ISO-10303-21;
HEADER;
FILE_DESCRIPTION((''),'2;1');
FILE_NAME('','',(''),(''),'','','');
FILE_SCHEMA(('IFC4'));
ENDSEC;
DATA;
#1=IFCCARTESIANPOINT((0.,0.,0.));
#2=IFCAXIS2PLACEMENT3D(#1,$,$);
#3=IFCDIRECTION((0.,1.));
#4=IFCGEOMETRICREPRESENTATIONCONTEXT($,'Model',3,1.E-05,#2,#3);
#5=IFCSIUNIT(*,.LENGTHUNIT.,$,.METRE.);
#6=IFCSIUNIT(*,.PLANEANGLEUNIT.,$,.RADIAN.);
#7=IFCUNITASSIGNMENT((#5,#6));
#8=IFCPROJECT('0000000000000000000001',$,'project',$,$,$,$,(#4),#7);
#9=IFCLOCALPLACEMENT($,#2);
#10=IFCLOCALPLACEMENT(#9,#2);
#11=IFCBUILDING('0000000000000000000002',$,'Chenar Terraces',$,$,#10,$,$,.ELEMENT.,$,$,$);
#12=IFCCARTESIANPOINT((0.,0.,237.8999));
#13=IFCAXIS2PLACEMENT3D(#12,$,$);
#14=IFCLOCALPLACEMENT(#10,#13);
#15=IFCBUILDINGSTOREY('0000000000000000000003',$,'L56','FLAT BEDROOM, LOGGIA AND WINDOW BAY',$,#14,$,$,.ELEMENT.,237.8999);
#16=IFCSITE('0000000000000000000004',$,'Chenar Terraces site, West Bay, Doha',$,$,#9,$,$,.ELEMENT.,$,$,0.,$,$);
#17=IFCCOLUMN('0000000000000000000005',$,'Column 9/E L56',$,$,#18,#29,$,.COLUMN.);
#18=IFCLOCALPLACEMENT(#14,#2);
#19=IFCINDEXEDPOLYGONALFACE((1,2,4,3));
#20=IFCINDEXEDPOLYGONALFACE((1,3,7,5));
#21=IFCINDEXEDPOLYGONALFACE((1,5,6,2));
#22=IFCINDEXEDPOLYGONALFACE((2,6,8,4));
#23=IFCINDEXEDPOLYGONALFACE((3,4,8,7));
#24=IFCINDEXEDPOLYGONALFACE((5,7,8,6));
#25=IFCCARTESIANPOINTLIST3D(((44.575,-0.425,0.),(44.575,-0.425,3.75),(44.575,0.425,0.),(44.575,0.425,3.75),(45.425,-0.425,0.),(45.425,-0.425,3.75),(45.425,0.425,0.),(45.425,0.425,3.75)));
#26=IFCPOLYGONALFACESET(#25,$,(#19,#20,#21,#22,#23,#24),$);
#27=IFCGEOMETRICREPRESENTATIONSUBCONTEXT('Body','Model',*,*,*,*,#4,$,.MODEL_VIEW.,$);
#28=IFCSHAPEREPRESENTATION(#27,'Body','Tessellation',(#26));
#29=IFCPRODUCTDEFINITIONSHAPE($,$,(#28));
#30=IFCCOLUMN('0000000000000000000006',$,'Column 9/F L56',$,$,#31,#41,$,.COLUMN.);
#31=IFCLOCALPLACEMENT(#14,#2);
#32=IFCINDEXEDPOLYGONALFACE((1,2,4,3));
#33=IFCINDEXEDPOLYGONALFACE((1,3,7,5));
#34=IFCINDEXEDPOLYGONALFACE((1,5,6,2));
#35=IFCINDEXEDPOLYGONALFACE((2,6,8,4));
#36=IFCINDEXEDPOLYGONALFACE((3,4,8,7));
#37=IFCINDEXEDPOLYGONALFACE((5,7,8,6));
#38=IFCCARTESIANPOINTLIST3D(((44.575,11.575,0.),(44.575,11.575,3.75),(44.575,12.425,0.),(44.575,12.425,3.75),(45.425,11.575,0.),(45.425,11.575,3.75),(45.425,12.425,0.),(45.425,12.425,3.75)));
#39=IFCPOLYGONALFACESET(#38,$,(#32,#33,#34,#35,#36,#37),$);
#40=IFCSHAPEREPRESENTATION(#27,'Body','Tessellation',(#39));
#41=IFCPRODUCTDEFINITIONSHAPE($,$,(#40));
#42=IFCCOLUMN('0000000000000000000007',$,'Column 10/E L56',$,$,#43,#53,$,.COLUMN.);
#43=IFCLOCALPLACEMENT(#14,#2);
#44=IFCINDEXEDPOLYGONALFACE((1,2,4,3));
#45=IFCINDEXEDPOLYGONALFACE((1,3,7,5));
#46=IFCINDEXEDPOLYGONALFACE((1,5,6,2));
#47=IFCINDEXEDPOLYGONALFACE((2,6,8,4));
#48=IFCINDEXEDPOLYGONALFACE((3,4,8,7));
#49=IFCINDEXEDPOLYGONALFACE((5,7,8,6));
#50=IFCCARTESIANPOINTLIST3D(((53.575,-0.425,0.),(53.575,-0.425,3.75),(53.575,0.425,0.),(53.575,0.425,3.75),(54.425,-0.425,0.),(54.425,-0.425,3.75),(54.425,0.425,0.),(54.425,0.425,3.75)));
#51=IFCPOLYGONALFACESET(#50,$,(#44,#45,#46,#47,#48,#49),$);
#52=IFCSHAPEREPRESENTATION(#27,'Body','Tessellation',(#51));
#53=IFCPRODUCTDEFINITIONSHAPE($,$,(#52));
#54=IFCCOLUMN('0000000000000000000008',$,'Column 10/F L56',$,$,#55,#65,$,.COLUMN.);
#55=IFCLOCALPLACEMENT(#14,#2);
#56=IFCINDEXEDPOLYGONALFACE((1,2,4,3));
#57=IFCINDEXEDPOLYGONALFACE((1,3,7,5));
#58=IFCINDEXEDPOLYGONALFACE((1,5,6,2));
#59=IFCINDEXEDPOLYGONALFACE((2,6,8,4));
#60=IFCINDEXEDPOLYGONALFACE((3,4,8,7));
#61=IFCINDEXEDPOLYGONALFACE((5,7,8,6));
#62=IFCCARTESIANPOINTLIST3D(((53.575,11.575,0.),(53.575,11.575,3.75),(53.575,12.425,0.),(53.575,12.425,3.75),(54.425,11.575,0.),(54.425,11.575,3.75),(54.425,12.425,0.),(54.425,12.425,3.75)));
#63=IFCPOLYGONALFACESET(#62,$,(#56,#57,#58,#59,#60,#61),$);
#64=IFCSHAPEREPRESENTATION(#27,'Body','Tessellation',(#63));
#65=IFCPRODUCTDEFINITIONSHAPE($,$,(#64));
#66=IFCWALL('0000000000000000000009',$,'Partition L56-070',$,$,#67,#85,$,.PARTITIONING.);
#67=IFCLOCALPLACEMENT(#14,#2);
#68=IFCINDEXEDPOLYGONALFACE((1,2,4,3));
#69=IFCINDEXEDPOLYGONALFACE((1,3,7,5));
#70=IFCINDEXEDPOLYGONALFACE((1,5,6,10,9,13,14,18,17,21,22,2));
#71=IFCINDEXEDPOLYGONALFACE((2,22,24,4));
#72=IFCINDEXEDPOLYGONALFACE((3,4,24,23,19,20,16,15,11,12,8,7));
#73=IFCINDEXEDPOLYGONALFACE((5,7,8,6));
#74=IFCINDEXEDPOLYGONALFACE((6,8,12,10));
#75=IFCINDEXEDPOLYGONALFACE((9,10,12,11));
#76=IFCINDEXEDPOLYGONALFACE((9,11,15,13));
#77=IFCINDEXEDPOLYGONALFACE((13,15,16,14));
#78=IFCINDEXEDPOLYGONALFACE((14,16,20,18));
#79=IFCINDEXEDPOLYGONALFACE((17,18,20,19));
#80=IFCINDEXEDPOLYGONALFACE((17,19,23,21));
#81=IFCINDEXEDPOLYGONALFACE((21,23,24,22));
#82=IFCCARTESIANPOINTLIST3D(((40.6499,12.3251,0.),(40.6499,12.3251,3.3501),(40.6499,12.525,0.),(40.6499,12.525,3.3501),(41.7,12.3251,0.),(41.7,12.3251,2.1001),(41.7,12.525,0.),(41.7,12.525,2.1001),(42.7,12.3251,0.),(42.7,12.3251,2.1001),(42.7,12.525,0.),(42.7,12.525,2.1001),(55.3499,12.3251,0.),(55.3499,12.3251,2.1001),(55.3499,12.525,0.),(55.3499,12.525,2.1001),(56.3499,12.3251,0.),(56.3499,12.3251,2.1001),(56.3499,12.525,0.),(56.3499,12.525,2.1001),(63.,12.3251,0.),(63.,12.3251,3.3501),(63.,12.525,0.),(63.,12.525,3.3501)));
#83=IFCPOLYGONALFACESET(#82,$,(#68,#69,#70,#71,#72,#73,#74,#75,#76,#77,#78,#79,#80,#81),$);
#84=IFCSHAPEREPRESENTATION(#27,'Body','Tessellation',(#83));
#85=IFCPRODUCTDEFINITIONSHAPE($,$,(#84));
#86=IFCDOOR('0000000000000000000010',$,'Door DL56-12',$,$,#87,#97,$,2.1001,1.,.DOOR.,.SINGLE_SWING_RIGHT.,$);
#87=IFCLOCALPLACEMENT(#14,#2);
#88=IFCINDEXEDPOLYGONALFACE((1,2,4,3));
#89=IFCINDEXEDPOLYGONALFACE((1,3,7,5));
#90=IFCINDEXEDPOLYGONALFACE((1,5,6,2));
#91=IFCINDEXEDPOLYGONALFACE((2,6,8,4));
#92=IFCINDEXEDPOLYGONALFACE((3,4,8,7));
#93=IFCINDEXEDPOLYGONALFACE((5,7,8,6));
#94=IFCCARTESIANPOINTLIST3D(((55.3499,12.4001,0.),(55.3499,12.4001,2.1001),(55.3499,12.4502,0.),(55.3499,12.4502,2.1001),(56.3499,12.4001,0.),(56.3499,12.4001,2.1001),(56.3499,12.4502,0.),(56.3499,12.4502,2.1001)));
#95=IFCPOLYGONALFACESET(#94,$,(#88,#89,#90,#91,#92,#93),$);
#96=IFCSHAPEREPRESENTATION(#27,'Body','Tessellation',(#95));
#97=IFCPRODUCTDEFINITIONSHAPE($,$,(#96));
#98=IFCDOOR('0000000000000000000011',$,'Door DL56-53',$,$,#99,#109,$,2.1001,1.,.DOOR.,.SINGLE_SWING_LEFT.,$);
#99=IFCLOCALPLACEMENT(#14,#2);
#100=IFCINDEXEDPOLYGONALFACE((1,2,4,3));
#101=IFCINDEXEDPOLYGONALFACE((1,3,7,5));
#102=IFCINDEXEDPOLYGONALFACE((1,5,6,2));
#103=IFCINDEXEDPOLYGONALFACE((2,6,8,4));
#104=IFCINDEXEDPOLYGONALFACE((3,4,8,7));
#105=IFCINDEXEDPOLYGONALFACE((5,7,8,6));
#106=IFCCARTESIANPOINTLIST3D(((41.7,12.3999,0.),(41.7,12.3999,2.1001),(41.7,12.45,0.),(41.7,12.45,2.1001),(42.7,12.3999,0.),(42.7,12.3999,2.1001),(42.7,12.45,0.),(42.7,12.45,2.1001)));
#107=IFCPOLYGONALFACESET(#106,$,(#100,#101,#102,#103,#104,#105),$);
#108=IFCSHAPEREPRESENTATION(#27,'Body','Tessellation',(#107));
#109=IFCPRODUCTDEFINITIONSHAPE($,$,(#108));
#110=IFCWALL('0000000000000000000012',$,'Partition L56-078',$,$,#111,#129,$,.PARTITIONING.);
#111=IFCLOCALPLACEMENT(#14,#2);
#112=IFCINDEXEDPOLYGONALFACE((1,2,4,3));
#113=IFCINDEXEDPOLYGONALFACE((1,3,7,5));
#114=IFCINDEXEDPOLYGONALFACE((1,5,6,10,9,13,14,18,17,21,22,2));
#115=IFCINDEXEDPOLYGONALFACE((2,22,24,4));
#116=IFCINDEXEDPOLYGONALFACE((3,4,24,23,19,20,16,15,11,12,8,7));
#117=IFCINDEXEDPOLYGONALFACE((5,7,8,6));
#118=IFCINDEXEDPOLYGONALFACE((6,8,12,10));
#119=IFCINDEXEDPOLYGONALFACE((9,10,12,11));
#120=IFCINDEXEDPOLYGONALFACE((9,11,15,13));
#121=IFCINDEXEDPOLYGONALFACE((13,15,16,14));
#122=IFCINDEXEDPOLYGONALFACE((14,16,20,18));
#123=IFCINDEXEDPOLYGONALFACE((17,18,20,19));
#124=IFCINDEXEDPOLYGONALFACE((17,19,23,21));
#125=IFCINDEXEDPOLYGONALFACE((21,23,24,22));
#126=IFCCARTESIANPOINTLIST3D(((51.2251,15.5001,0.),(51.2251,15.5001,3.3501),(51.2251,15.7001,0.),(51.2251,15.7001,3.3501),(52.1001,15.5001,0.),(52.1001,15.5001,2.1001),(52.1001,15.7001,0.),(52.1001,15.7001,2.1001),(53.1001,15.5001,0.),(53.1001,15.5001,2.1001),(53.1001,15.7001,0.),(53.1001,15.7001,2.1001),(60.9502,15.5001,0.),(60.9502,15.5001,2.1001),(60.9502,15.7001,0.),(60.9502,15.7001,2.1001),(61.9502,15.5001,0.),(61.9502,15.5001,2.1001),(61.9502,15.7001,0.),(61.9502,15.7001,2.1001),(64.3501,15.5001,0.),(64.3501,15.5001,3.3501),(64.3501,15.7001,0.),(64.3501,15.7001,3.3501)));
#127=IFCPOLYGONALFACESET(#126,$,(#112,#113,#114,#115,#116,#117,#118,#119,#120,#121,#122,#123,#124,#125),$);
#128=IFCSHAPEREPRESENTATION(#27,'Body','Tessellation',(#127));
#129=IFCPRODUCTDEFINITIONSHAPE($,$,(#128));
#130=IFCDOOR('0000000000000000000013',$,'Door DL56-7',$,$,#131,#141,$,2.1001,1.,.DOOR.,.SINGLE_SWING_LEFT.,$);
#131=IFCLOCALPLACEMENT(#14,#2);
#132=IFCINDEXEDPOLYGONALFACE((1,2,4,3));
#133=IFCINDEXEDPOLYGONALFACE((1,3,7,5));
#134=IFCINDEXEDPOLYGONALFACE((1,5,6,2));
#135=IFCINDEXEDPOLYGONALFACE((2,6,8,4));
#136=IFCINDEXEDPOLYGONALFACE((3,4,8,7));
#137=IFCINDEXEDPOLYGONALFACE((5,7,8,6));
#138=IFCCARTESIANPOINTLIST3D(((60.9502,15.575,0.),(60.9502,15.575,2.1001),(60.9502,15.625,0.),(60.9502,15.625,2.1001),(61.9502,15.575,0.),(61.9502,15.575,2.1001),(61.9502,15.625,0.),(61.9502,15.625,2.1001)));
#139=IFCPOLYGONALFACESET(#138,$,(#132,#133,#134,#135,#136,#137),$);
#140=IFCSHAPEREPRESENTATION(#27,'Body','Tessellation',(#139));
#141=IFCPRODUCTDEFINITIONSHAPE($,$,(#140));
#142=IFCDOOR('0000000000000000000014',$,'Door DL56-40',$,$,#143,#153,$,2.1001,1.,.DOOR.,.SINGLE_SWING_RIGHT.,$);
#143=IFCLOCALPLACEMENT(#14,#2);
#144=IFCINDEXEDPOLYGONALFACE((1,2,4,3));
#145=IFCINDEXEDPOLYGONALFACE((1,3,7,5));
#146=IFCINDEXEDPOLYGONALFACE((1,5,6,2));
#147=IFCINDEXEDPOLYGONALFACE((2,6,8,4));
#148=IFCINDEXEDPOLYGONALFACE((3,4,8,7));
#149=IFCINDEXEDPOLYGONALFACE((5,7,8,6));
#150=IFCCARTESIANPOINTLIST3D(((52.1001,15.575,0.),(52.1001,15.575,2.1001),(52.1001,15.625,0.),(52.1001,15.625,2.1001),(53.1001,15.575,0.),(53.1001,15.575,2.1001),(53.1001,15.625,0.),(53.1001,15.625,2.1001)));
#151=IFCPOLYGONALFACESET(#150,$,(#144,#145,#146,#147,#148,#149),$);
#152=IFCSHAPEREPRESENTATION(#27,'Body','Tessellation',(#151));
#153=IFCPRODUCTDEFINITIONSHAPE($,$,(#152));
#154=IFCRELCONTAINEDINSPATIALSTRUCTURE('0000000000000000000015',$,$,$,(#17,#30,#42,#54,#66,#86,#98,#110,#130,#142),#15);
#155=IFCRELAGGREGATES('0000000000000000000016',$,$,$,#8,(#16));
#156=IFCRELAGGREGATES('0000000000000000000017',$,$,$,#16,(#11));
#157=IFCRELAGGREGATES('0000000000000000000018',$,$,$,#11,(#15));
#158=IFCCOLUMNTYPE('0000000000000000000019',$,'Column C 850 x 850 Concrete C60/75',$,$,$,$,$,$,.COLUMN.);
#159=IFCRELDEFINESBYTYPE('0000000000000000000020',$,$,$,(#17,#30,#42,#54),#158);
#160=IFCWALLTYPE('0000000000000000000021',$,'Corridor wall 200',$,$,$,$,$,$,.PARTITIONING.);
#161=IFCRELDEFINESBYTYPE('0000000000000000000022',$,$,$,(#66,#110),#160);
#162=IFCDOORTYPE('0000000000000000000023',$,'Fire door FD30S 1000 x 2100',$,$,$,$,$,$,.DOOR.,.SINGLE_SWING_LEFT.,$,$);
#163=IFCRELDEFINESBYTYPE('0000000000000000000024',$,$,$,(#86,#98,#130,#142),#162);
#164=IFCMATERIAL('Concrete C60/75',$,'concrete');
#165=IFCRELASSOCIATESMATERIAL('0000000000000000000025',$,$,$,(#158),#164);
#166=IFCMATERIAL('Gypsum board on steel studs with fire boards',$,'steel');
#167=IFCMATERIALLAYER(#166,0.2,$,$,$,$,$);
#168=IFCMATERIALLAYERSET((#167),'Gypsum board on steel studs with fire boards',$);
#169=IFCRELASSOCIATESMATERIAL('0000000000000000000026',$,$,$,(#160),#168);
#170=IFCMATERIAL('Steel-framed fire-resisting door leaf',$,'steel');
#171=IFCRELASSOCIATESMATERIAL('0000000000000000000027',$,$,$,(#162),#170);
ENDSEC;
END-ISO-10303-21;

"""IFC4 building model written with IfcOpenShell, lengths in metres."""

from ifc_helpers import new_model, si_unit, direction, frame, frame_2d, origin, origin_2d, place, context, subcontext, project, spatial, rectangle, extrude, material, layer, layer_set, material_profile, profile_set, type_object, element, fill, save


model = new_model("IFC4")

# Units and contexts
model_context = context("Model", 3, precision=1e-05, world=origin(), true_north=direction((0.0, 1.0)))
body_context = subcontext(model_context, "Body", "Model", "MODEL_VIEW")
ifc_project = project(units=[si_unit("LENGTHUNIT", "METRE"), si_unit("PLANEANGLEUNIT", "RADIAN")], contexts=[model_context])

# Site, building, storey
site_placement = place(None, origin())
site = spatial("IfcSite", under=ifc_project, at=site_placement, Name="Chenar Terraces site, West Bay, Doha", CompositionType="ELEMENT", RefElevation=0.0)
building_placement = place(site_placement, origin())
building = spatial("IfcBuilding", under=site, at=building_placement, Name="Chenar Terraces", CompositionType="ELEMENT")
storey_placement = place(building_placement, frame((0.0, 0.0, 237.8999)))
storey = spatial("IfcBuildingStorey", under=building, at=storey_placement, Name="L56", Description="FLAT BEDROOM, LOGGIA AND WINDOW BAY", CompositionType="ELEMENT", Elevation=237.8999)

# Columns
ifc_material_1 = material(Name="Concrete C60/75", Category="concrete")
ifc_material_profile = material_profile(ifc_material_1, rectangle(XDim=0.8501, YDim=0.8501, at=origin_2d()), Name="C 850 x 850")
ifc_profile_set = profile_set([ifc_material_profile], Name="Concrete C60/75")
column_type = type_object("IfcColumnType", Name="Column C 850 x 850 Concrete C60/75", PredefinedType="COLUMN", material=ifc_profile_set)
for number, where, z_axis, x_axis, name in (
    (1, (45.0, 0.0, 0.0), (0.0, 0.0, 1.0), (1.0, 0.0, 0.0), "Column 9/E L56"),
    (2, (45.0, 12.0, 0.0), (0.0, 0.0, 1.0), (1.0, 0.0, 0.0), "Column 9/F L56"),
    (3, (54.0, 0.0, 0.0), (0.0, 0.0, 1.0), (1.0, 0.0, 0.0), "Column 10/E L56"),
    (4, (54.0, 12.0, 0.0), (0.0, 0.0, 1.0), (1.0, 0.0, 0.0), "Column 10/F L56"),
):
    element("IfcColumn", number, at=place(storey_placement, frame(where, z_axis=z_axis, x_axis=x_axis)), inside=storey, type_object=column_type, Name=name, PredefinedType="COLUMN", context=body_context, shape_type="SweptSolid", body=[
        extrude(rectangle(XDim=0.8501, YDim=0.8501, at=origin_2d()), origin(), (0.0, 0.0, 1.0), 3.75),
    ])

# Walls, openings, doors
ifc_material_2 = material(Name="Gypsum board on steel studs with fire boards", Category="steel")
ifc_layer_1 = layer(ifc_material_2, 0.2)
ifc_layer_set_1 = layer_set([ifc_layer_1], Name="Gypsum board on steel studs with fire boards")
wall_type_1 = type_object("IfcWallType", Name="Corridor wall 200", PredefinedType="PARTITIONING", material=ifc_layer_set_1)
wall_1_placement = place(storey_placement, frame((40.6499, 12.425, 0.0), z_axis=(0.0, 0.0, 1.0), x_axis=(1.0, 0.0, 0.0)))
wall_1 = element("IfcWall", 5, at=wall_1_placement, inside=storey, type_object=wall_type_1, Name="Partition L56-070", PredefinedType="PARTITIONING", context=body_context, shape_type="SweptSolid", body=[
    extrude(rectangle(XDim=22.3501, YDim=0.2, at=frame_2d((11.175, 0.0))), origin(), (0.0, 0.0, 1.0), 3.3501),
])
opening_1_placement = place(wall_1_placement, frame((14.7, 0.0, 0.0)))
opening_1 = element("IfcOpeningElement", 6, at=opening_1_placement, cuts=wall_1, PredefinedType="OPENING", context=body_context, shape_type="SweptSolid", body=[
    extrude(rectangle(XDim=1.0, YDim=2.1001, at=frame_2d((0.5, 1.05))), frame((0.0, 0.1099, 0.0), z_axis=(0.0, -1.0, 0.0), x_axis=(1.0, 0.0, 0.0)), (0.0, 0.0, 1.0), 0.22),
])
opening_2_placement = place(wall_1_placement, frame((1.05, 0.0, 0.0)))
opening_2 = element("IfcOpeningElement", 7, at=opening_2_placement, cuts=wall_1, PredefinedType="OPENING", context=body_context, shape_type="SweptSolid", body=[
    extrude(rectangle(XDim=1.0, YDim=2.1001, at=frame_2d((0.5, 1.05))), frame((0.0, 0.1099, 0.0), z_axis=(0.0, -1.0, 0.0), x_axis=(1.0, 0.0, 0.0)), (0.0, 0.0, 1.0), 0.22),
])
ifc_material_3 = material(Name="Steel-framed fire-resisting door leaf", Category="steel")
door_type_1 = type_object("IfcDoorType", Name="Fire door FD30S 1000 x 2100", OperationType="SINGLE_SWING_LEFT", PredefinedType="DOOR", material=ifc_material_3)
door_1_placement = place(opening_1_placement, frame((1.0, 0.0, 0.0), z_axis=(0.0, 0.0, 1.0), x_axis=(-1.0, 0.0, 0.0)))
door_1 = element("IfcDoor", 8, at=door_1_placement, inside=storey, type_object=door_type_1, Name="Door DL56-12", OperationType="SINGLE_SWING_RIGHT", OverallHeight=2.1001, OverallWidth=1.0, PredefinedType="DOOR", context=body_context, shape_type="SweptSolid", body=[
    extrude(rectangle(XDim=1.0, YDim=2.1001, at=frame_2d((0.5, 1.05))), frame((0.0, 0.0249, 0.0), z_axis=(0.0, -1.0, 0.0), x_axis=(1.0, 0.0, 0.0)), (0.0, 0.0, 1.0), 0.05),
])
fill(opening_1, door_1)
door_2_placement = place(opening_2_placement, origin())
door_2 = element("IfcDoor", 9, at=door_2_placement, inside=storey, type_object=door_type_1, Name="Door DL56-53", OperationType="SINGLE_SWING_LEFT", OverallHeight=2.1001, OverallWidth=1.0, PredefinedType="DOOR", context=body_context, shape_type="SweptSolid", body=[
    extrude(rectangle(XDim=1.0, YDim=2.1001, at=frame_2d((0.5, 1.05))), frame((0.0, 0.0249, 0.0), z_axis=(0.0, -1.0, 0.0), x_axis=(1.0, 0.0, 0.0)), (0.0, 0.0, 1.0), 0.05),
])
fill(opening_2, door_2)
wall_2_placement = place(storey_placement, frame((51.2251, 15.6001, 0.0), z_axis=(0.0, 0.0, 1.0), x_axis=(1.0, 0.0, 0.0)))
wall_2 = element("IfcWall", 10, at=wall_2_placement, inside=storey, type_object=wall_type_1, Name="Partition L56-078", PredefinedType="PARTITIONING", context=body_context, shape_type="SweptSolid", body=[
    extrude(rectangle(XDim=13.125, YDim=0.2, at=frame_2d((6.5625, 0.0))), origin(), (0.0, 0.0, 1.0), 3.3501),
])
opening_3_placement = place(wall_2_placement, frame((9.7251, 0.0, 0.0)))
opening_3 = element("IfcOpeningElement", 11, at=opening_3_placement, cuts=wall_2, PredefinedType="OPENING", context=body_context, shape_type="SweptSolid", body=[
    extrude(rectangle(XDim=1.0, YDim=2.1001, at=frame_2d((0.5, 1.05))), frame((0.0, 0.1099, 0.0), z_axis=(0.0, -1.0, 0.0), x_axis=(1.0, 0.0, 0.0)), (0.0, 0.0, 1.0), 0.22),
])
opening_4_placement = place(wall_2_placement, frame((0.875, 0.0, 0.0)))
opening_4 = element("IfcOpeningElement", 12, at=opening_4_placement, cuts=wall_2, PredefinedType="OPENING", context=body_context, shape_type="SweptSolid", body=[
    extrude(rectangle(XDim=1.0, YDim=2.1001, at=frame_2d((0.5, 1.05))), frame((0.0, 0.1099, 0.0), z_axis=(0.0, -1.0, 0.0), x_axis=(1.0, 0.0, 0.0)), (0.0, 0.0, 1.0), 0.22),
])
door_3_placement = place(opening_3_placement, origin())
door_3 = element("IfcDoor", 13, at=door_3_placement, inside=storey, type_object=door_type_1, Name="Door DL56-7", OperationType="SINGLE_SWING_LEFT", OverallHeight=2.1001, OverallWidth=1.0, PredefinedType="DOOR", context=body_context, shape_type="SweptSolid", body=[
    extrude(rectangle(XDim=1.0, YDim=2.1001, at=frame_2d((0.5, 1.05))), frame((0.0, 0.0249, 0.0), z_axis=(0.0, -1.0, 0.0), x_axis=(1.0, 0.0, 0.0)), (0.0, 0.0, 1.0), 0.05),
])
fill(opening_3, door_3)
door_4_placement = place(opening_4_placement, origin())
door_4 = element("IfcDoor", 14, at=door_4_placement, inside=storey, type_object=door_type_1, Name="Door DL56-40", OperationType="SINGLE_SWING_RIGHT", OverallHeight=2.1001, OverallWidth=1.0, PredefinedType="DOOR", context=body_context, shape_type="SweptSolid", body=[
    extrude(rectangle(XDim=1.0, YDim=2.1001, at=frame_2d((0.5, 1.05))), frame((0.0, 0.0249, 0.0), z_axis=(0.0, -1.0, 0.0), x_axis=(1.0, 0.0, 0.0)), (0.0, 0.0, 1.0), 0.05),
])
fill(opening_4, door_4)

save(model, "model.ifc")
